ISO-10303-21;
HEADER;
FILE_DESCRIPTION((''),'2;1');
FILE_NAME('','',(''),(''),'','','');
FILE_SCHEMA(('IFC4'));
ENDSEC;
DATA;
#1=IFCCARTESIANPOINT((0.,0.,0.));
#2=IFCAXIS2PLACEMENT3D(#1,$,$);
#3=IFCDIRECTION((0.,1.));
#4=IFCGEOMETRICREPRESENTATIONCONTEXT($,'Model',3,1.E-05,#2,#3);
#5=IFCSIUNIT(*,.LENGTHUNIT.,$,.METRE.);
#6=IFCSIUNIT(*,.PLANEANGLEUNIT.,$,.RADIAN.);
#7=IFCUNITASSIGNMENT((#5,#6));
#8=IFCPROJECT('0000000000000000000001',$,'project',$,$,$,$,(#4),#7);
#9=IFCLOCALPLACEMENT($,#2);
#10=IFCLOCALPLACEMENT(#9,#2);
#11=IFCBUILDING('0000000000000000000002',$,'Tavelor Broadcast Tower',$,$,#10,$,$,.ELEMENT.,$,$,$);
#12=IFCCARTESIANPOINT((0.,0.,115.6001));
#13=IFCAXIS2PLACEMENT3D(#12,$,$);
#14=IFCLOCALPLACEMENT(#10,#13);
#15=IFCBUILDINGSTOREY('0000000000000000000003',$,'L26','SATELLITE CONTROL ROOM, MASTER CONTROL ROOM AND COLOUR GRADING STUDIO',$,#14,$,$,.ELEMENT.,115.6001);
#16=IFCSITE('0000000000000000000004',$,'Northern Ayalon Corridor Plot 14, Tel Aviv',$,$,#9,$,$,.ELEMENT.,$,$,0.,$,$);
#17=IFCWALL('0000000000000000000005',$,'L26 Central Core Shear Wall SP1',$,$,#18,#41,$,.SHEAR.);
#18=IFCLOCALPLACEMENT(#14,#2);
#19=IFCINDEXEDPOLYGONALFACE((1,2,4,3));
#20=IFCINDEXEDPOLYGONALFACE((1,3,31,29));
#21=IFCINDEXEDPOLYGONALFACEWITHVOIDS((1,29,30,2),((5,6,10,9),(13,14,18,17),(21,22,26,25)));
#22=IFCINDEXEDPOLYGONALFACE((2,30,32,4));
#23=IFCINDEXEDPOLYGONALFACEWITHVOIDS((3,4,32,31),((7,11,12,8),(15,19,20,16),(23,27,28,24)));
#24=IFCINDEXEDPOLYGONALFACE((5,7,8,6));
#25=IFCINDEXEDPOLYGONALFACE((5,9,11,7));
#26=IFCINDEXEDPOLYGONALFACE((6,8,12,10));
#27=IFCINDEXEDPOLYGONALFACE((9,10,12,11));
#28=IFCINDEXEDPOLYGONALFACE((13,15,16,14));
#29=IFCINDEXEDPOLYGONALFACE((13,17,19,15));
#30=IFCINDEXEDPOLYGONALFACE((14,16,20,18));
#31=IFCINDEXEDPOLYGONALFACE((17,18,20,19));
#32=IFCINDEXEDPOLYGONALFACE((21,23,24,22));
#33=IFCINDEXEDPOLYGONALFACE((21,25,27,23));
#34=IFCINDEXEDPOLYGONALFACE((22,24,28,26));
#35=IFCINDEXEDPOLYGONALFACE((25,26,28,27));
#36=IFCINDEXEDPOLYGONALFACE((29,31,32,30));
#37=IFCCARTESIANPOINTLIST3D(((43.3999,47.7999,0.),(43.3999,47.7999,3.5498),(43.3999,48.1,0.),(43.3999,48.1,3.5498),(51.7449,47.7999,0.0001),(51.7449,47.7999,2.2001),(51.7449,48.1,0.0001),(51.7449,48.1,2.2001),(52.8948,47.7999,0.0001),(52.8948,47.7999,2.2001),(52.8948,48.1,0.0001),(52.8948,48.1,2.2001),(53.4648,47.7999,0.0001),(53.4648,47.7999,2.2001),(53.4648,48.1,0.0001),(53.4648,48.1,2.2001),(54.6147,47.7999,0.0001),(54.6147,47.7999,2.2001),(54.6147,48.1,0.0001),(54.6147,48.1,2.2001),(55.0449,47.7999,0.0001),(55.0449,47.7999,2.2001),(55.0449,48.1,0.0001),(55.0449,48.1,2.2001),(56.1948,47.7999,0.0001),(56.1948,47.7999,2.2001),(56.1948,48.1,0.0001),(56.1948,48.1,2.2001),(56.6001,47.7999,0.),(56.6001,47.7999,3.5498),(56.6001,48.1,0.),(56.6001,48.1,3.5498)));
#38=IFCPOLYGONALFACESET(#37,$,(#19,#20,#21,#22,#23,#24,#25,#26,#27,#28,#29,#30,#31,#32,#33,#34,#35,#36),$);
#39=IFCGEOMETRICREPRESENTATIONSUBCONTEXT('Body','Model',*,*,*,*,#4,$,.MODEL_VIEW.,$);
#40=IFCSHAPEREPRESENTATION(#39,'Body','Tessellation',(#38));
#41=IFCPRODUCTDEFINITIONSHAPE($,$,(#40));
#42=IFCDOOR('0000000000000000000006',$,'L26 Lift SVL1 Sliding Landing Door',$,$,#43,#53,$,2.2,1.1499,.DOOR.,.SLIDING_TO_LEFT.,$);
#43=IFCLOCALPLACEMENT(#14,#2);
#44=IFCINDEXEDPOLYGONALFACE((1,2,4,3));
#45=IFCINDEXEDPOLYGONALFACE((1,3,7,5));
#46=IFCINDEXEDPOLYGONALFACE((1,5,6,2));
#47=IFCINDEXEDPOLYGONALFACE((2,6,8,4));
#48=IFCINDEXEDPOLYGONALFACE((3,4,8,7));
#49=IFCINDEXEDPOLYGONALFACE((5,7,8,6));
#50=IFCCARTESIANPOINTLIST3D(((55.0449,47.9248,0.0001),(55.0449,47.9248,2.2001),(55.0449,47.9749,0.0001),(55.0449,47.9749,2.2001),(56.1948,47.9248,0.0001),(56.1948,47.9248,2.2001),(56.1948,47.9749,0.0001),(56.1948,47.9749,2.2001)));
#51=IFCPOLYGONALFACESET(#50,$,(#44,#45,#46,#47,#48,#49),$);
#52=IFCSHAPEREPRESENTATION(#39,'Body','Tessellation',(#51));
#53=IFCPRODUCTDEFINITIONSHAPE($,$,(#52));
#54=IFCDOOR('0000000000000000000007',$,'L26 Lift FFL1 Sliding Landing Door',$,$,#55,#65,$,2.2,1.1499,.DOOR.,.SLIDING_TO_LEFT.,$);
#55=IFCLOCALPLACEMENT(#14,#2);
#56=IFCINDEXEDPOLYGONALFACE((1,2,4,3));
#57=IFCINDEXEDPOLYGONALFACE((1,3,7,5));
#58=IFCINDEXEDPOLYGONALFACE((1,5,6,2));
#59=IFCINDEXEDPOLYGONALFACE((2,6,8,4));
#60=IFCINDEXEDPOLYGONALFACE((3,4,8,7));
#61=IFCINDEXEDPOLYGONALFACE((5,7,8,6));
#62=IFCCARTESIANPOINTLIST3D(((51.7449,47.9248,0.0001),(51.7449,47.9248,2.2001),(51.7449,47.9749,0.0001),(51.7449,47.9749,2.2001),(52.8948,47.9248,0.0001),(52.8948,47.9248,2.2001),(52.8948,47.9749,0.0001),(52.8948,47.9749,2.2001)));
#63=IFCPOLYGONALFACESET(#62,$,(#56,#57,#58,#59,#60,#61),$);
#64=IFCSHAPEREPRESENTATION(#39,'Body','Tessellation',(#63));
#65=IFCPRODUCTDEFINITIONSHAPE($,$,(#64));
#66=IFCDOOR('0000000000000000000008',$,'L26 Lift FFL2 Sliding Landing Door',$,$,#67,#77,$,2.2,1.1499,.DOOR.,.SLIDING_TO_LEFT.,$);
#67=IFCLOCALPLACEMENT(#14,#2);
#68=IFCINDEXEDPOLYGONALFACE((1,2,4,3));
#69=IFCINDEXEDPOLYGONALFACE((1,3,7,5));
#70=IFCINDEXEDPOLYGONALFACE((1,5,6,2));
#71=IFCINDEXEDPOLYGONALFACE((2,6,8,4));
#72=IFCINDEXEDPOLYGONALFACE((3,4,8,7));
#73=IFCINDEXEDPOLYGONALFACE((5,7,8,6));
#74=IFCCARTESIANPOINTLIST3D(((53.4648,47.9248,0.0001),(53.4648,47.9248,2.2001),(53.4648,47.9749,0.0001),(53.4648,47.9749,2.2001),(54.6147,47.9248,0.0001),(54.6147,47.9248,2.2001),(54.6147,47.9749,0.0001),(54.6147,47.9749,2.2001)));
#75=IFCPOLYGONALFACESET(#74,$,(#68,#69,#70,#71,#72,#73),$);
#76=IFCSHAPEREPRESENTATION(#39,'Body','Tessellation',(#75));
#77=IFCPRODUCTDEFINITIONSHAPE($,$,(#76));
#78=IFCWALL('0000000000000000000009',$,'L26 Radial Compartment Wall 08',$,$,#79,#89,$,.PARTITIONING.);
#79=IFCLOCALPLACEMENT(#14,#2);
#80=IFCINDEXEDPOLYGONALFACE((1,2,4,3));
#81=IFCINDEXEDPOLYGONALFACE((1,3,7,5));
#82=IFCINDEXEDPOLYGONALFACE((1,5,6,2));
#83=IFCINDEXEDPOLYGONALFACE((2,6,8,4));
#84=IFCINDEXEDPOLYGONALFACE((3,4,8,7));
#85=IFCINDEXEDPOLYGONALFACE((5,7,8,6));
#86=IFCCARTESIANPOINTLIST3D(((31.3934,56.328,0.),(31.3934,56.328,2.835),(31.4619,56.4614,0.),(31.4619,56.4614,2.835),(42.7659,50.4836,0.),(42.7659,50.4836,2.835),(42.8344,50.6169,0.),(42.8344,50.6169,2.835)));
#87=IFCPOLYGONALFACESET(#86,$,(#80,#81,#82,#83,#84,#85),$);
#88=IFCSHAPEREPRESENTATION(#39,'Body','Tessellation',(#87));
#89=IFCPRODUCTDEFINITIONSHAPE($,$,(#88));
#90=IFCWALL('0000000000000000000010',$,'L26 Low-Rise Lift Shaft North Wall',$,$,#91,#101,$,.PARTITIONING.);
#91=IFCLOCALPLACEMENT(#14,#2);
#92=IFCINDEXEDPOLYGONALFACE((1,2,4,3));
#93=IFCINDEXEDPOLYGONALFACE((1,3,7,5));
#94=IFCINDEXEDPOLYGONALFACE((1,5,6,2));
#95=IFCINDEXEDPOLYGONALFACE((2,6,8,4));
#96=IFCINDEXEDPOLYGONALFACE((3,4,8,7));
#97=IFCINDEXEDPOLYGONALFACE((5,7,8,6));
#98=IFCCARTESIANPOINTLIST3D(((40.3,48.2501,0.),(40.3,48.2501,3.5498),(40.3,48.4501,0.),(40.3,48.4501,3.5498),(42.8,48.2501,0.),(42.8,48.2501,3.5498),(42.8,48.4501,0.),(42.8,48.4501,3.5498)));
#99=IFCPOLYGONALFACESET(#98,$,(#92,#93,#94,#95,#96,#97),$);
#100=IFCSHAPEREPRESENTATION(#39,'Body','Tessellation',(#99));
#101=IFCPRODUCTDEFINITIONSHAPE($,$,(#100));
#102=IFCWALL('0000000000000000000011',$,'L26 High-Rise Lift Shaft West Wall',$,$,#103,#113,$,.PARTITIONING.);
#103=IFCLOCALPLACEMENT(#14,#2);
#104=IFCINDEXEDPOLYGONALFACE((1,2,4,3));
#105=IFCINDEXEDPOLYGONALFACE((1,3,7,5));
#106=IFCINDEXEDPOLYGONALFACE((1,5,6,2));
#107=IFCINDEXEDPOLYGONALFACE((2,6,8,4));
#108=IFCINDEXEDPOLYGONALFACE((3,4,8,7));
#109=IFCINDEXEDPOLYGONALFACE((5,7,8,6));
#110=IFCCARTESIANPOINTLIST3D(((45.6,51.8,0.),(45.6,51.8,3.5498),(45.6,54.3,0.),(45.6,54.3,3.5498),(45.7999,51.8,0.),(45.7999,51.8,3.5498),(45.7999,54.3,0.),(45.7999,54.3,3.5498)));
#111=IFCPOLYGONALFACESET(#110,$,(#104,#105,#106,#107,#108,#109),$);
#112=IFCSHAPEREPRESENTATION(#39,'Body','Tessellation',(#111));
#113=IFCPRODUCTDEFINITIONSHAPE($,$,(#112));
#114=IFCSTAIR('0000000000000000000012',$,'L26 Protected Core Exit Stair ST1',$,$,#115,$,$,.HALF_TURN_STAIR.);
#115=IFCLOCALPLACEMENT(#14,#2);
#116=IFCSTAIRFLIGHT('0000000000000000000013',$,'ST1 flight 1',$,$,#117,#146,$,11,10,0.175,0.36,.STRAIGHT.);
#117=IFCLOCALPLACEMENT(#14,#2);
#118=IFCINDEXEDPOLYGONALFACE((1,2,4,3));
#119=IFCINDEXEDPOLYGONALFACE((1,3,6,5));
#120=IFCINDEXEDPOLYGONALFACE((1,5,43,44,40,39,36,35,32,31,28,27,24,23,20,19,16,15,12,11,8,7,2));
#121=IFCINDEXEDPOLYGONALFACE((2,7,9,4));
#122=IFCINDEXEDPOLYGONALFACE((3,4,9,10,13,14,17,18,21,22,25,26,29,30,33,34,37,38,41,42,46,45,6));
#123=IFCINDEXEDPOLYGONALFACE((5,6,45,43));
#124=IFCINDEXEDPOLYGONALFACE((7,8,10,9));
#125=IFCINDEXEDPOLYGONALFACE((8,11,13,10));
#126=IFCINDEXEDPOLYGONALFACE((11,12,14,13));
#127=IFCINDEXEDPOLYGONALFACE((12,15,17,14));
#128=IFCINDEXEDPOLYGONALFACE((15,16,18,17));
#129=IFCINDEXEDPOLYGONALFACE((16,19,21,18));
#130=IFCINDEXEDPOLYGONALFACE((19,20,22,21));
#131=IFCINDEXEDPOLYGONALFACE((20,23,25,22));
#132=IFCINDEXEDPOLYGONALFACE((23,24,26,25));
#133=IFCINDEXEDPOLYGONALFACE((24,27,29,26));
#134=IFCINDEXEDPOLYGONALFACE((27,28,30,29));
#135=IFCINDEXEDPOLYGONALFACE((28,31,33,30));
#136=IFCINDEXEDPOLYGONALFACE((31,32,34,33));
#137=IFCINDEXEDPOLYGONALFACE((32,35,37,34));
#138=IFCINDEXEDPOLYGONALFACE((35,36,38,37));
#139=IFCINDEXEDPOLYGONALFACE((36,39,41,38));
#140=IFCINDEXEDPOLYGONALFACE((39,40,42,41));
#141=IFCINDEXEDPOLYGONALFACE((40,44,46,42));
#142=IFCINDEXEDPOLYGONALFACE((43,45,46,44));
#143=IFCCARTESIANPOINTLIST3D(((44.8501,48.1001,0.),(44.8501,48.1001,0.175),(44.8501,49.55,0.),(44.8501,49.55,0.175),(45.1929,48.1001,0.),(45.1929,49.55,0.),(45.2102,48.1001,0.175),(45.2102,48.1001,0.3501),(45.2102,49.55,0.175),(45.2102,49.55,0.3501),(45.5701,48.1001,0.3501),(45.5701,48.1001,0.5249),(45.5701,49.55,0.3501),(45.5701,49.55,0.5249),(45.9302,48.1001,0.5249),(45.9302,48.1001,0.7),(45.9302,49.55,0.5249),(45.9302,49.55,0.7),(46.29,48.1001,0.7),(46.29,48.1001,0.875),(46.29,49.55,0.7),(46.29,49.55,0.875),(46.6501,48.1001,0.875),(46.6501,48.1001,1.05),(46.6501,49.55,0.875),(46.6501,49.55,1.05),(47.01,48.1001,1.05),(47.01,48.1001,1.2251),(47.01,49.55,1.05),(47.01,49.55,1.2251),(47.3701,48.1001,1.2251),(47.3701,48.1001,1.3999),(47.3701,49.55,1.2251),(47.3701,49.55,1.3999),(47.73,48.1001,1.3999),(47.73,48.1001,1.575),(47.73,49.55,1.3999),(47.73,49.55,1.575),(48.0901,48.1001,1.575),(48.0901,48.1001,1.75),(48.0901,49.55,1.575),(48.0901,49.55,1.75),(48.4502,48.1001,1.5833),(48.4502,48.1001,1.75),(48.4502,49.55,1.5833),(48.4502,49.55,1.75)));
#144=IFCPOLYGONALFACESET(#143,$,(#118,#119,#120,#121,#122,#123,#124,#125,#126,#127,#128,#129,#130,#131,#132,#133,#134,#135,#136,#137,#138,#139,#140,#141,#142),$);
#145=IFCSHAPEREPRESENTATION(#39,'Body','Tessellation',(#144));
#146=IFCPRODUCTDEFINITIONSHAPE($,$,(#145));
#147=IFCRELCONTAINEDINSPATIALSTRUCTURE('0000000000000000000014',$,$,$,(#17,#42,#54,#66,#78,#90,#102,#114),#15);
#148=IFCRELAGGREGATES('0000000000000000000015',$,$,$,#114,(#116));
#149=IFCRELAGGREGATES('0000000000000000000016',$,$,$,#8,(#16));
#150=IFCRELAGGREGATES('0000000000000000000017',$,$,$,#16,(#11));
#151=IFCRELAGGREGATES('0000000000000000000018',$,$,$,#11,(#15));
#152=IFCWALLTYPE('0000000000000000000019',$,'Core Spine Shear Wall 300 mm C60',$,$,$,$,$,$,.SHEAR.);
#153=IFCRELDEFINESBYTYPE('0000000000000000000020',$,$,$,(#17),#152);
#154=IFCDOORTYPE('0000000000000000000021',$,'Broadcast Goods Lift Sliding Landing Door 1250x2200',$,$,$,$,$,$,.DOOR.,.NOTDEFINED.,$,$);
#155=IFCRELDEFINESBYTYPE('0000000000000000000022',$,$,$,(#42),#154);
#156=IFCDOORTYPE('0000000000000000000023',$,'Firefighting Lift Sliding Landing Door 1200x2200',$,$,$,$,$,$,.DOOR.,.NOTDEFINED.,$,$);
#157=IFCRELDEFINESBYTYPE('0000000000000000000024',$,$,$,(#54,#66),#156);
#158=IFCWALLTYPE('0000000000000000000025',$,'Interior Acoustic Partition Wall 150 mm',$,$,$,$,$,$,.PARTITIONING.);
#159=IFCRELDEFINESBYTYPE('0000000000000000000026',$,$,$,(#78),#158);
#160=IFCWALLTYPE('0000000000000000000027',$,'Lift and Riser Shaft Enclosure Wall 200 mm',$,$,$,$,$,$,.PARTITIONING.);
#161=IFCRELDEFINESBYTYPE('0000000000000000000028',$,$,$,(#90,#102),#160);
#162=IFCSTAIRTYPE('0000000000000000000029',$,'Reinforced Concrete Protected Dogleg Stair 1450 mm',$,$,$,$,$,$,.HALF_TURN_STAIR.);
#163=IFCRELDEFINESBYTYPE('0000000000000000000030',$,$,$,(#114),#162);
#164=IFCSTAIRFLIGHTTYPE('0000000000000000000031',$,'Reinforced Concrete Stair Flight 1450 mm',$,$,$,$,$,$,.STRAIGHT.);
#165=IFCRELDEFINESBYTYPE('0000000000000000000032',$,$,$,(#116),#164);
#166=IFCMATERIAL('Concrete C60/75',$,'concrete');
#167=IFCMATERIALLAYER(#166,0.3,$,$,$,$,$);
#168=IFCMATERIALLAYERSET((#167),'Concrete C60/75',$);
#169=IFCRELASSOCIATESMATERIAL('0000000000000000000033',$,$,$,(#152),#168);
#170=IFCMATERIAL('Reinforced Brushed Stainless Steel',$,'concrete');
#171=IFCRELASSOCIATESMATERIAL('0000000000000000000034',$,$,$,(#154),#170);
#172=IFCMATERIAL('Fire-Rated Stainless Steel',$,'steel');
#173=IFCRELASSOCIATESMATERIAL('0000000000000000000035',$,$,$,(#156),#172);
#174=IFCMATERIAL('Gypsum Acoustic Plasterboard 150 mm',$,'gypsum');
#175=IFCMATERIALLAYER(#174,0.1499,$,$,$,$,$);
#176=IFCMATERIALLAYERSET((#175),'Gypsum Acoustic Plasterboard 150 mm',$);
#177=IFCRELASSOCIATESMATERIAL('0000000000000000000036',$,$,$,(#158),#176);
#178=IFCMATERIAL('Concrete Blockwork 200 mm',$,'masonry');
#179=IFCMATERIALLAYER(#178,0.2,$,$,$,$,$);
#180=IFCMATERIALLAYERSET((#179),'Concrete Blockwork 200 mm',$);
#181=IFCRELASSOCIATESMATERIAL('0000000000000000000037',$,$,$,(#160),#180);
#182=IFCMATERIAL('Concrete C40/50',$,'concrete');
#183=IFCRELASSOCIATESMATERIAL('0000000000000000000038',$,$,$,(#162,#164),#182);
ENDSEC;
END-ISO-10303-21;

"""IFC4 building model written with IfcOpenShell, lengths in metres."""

from ifc_helpers import new_model, si_unit, direction, frame, frame_2d, origin, place, context, subcontext, project, spatial, polyline, rectangle, outline, extrude, material, layer, layer_set, type_object, element, fill, aggregate, save


model = new_model("IFC4")

# Units and contexts
model_context = context("Model", 3, precision=1e-05, world=origin(), true_north=direction((0.0, 1.0)))
body_context = subcontext(model_context, "Body", "Model", "MODEL_VIEW")
ifc_project = project(units=[si_unit("LENGTHUNIT", "METRE"), si_unit("PLANEANGLEUNIT", "RADIAN")], contexts=[model_context])

# Site, building, storey
site_placement = place(None, origin())
site = spatial("IfcSite", under=ifc_project, at=site_placement, Name="Northern Ayalon Corridor Plot 14, Tel Aviv", CompositionType="ELEMENT", RefElevation=0.0)
building_placement = place(site_placement, origin())
building = spatial("IfcBuilding", under=site, at=building_placement, Name="Tavelor Broadcast Tower", CompositionType="ELEMENT")
storey_placement = place(building_placement, frame((0.0, 0.0, 115.6001)))
storey = spatial("IfcBuildingStorey", under=building, at=storey_placement, Name="L26", Description="SATELLITE CONTROL ROOM, MASTER CONTROL ROOM AND COLOUR GRADING STUDIO", CompositionType="ELEMENT", Elevation=115.6001)

# Shared definitions
ifc_material_1 = material(Name="Concrete C60/75", Category="concrete")

# Wall, openings, doors
ifc_layer_1 = layer(ifc_material_1, 0.3)
ifc_layer_set_1 = layer_set([ifc_layer_1], Name="Concrete C60/75")
wall_type_1 = type_object("IfcWallType", Name="Core Spine Shear Wall 300 mm C60", PredefinedType="SHEAR", material=ifc_layer_set_1)
wall_1_placement = place(storey_placement, frame((43.3999, 47.95, 0.0), z_axis=(0.0, 0.0, 1.0), x_axis=(1.0, 0.0, 0.0)))
wall_1 = element("IfcWall", 1, at=wall_1_placement, inside=storey, type_object=wall_type_1, Name="L26 Central Core Shear Wall SP1", PredefinedType="SHEAR", context=body_context, shape_type="SweptSolid", body=[
    extrude(rectangle(XDim=13.2002, YDim=0.3, at=frame_2d((6.6001, 0.0))), origin(), (0.0, 0.0, 1.0), 3.5498),
])
opening_1_placement = place(wall_1_placement, frame((8.345, 0.0, 0.0)))
opening_1 = element("IfcOpeningElement", 2, at=opening_1_placement, cuts=wall_1, PredefinedType="OPENING", context=body_context, shape_type="SweptSolid", body=[
    extrude(rectangle(XDim=1.1499, YDim=2.2, at=frame_2d((0.575, 1.1001))), frame((0.0, 0.1602, 0.0), z_axis=(0.0, -1.0, 0.0), x_axis=(1.0, 0.0, 0.0)), (0.0, 0.0, 1.0), 0.3201),
])
opening_2_placement = place(wall_1_placement, frame((10.0649, 0.0, 0.0)))
opening_2 = element("IfcOpeningElement", 3, at=opening_2_placement, cuts=wall_1, PredefinedType="OPENING", context=body_context, shape_type="SweptSolid", body=[
    extrude(rectangle(XDim=1.1499, YDim=2.2, at=frame_2d((0.575, 1.1001))), frame((0.0, 0.1602, 0.0), z_axis=(0.0, -1.0, 0.0), x_axis=(1.0, 0.0, 0.0)), (0.0, 0.0, 1.0), 0.3201),
])
opening_3_placement = place(wall_1_placement, frame((11.645, 0.0, 0.0)))
opening_3 = element("IfcOpeningElement", 4, at=opening_3_placement, cuts=wall_1, PredefinedType="OPENING", context=body_context, shape_type="SweptSolid", body=[
    extrude(rectangle(XDim=1.1499, YDim=2.2, at=frame_2d((0.575, 1.1001))), frame((0.0, 0.1602, 0.0), z_axis=(0.0, -1.0, 0.0), x_axis=(1.0, 0.0, 0.0)), (0.0, 0.0, 1.0), 0.3201),
])
ifc_material_2 = material(Name="Reinforced Brushed Stainless Steel", Category="concrete")
door_type_1 = type_object("IfcDoorType", Name="Broadcast Goods Lift Sliding Landing Door 1250x2200", OperationType="NOTDEFINED", PredefinedType="DOOR", material=ifc_material_2)
door_1_placement = place(opening_3_placement, origin())
door_1 = element("IfcDoor", 5, at=door_1_placement, inside=storey, type_object=door_type_1, Name="L26 Lift SVL1 Sliding Landing Door", OperationType="SLIDING_TO_LEFT", OverallHeight=2.2, OverallWidth=1.1499, PredefinedType="DOOR", context=body_context, shape_type="SweptSolid", body=[
    extrude(rectangle(XDim=1.1499, YDim=2.2, at=frame_2d((0.575, 1.1001))), frame((0.0, 0.0249, 0.0), z_axis=(0.0, -1.0, 0.0), x_axis=(1.0, 0.0, 0.0)), (0.0, 0.0, 1.0), 0.05),
])
fill(opening_3, door_1)
ifc_material_3 = material(Name="Fire-Rated Stainless Steel", Category="steel")
door_type_2 = type_object("IfcDoorType", Name="Firefighting Lift Sliding Landing Door 1200x2200", OperationType="NOTDEFINED", PredefinedType="DOOR", material=ifc_material_3)
door_2_placement = place(opening_1_placement, origin())
door_2 = element("IfcDoor", 6, at=door_2_placement, inside=storey, type_object=door_type_2, Name="L26 Lift FFL1 Sliding Landing Door", OperationType="SLIDING_TO_LEFT", OverallHeight=2.2, OverallWidth=1.1499, PredefinedType="DOOR", context=body_context, shape_type="SweptSolid", body=[
    extrude(rectangle(XDim=1.1499, YDim=2.2, at=frame_2d((0.575, 1.1001))), frame((0.0, 0.0249, 0.0), z_axis=(0.0, -1.0, 0.0), x_axis=(1.0, 0.0, 0.0)), (0.0, 0.0, 1.0), 0.05),
])
fill(opening_1, door_2)
door_3_placement = place(opening_2_placement, origin())
door_3 = element("IfcDoor", 7, at=door_3_placement, inside=storey, type_object=door_type_2, Name="L26 Lift FFL2 Sliding Landing Door", OperationType="SLIDING_TO_LEFT", OverallHeight=2.2, OverallWidth=1.1499, PredefinedType="DOOR", context=body_context, shape_type="SweptSolid", body=[
    extrude(rectangle(XDim=1.1499, YDim=2.2, at=frame_2d((0.575, 1.1001))), frame((0.0, 0.0249, 0.0), z_axis=(0.0, -1.0, 0.0), x_axis=(1.0, 0.0, 0.0)), (0.0, 0.0, 1.0), 0.05),
])
fill(opening_2, door_3)

# Walls
ifc_material_4 = material(Name="Gypsum Acoustic Plasterboard 150 mm", Category="gypsum")
ifc_layer_2 = layer(ifc_material_4, 0.1499)
ifc_layer_set_2 = layer_set([ifc_layer_2], Name="Gypsum Acoustic Plasterboard 150 mm")
wall_type_2 = type_object("IfcWallType", Name="Interior Acoustic Partition Wall 150 mm", PredefinedType="PARTITIONING", material=ifc_layer_set_2)
wall_2_placement = place(storey_placement, frame((42.8, 50.5503, 0.0), z_axis=(0.0, 0.0, 1.0), x_axis=(-0.889423, 0.457084, 0.0)))
element("IfcWall", 8, at=wall_2_placement, inside=storey, type_object=wall_type_2, Name="L26 Radial Compartment Wall 08", PredefinedType="PARTITIONING", context=body_context, shape_type="SweptSolid", body=[
    extrude(rectangle(XDim=12.7864, YDim=0.1499, at=frame_2d((6.3931, 0.0))), origin(), (0.0, 0.0, 1.0), 2.835),
])
ifc_material_5 = material(Name="Concrete Blockwork 200 mm", Category="masonry")
ifc_layer_3 = layer(ifc_material_5, 0.2)
ifc_layer_set_3 = layer_set([ifc_layer_3], Name="Concrete Blockwork 200 mm")
wall_type_3 = type_object("IfcWallType", Name="Lift and Riser Shaft Enclosure Wall 200 mm", PredefinedType="PARTITIONING", material=ifc_layer_set_3)
for number, where, z_axis, x_axis, name in (
    (9, (40.3, 48.3501, 0.0), (0.0, 0.0, 1.0), (1.0, 0.0, 0.0), "L26 Low-Rise Lift Shaft North Wall"),
    (10, (45.7, 51.8, 0.0), (0.0, 0.0, 1.0), (0.0, 1.0, 0.0), "L26 High-Rise Lift Shaft West Wall"),
):
    element("IfcWall", number, at=place(storey_placement, frame(where, z_axis=z_axis, x_axis=x_axis)), inside=storey, type_object=wall_type_3, Name=name, PredefinedType="PARTITIONING", context=body_context, shape_type="SweptSolid", body=[
        extrude(rectangle(XDim=2.5, YDim=0.2, at=frame_2d((1.25, 0.0))), origin(), (0.0, 0.0, 1.0), 3.5498),
    ])

# Stair, stair flight
ifc_material_6 = material(Name="Concrete C40/50", Category="concrete")
stair_type = type_object("IfcStairType", Name="Reinforced Concrete Protected Dogleg Stair 1450 mm", PredefinedType="HALF_TURN_STAIR", material=ifc_material_6)
stair_placement = place(storey_placement, origin())
stair = element("IfcStair", 11, at=stair_placement, inside=storey, type_object=stair_type, Name="L26 Protected Core Exit Stair ST1", PredefinedType="HALF_TURN_STAIR")
stair_flight_type = type_object("IfcStairFlightType", Name="Reinforced Concrete Stair Flight 1450 mm", PredefinedType="STRAIGHT", material=ifc_material_6)
stair_flight_placement = place(storey_placement, frame((44.8501, 48.825, 0.0), z_axis=(0.0, 0.0, 1.0), x_axis=(1.0, 0.0, 0.0)))
stair_flight = element("IfcStairFlight", 12, at=stair_flight_placement, type_object=stair_flight_type, Name="ST1 flight 1", NumberOfRisers=11, NumberOfTreads=10, PredefinedType="STRAIGHT", RiserHeight=0.175, TreadLength=0.36, context=body_context, shape_type="SweptSolid", body=[
    extrude(outline(polyline([(0.0, 0.0), (0.0, 0.175), (0.3601, 0.175), (0.3601, 0.3501), (0.72, 0.3501), (0.72, 0.5249), (1.0801, 0.5249), (1.0801, 0.7), (1.4399, 0.7), (1.4399, 0.875), (1.8, 0.875), (1.8, 1.05), (2.1599, 1.05), (2.1599, 1.2251), (2.52, 1.2251), (2.52, 1.3999), (2.8799, 1.3999), (2.8799, 1.575), (3.24, 1.575), (3.24, 1.75), (3.6001, 1.75), (3.6001, 1.925), (3.6001, 1.5833), (0.3428, 0.0), (0.0, 0.0)])), frame((0.0, 0.7251, 0.0), z_axis=(0.0, -1.0, 0.0), x_axis=(1.0, 0.0, 0.0)), (0.0, 0.0, 1.0), 1.45),
])
aggregate(stair, [stair_flight])

save(model, "model.ifc")
